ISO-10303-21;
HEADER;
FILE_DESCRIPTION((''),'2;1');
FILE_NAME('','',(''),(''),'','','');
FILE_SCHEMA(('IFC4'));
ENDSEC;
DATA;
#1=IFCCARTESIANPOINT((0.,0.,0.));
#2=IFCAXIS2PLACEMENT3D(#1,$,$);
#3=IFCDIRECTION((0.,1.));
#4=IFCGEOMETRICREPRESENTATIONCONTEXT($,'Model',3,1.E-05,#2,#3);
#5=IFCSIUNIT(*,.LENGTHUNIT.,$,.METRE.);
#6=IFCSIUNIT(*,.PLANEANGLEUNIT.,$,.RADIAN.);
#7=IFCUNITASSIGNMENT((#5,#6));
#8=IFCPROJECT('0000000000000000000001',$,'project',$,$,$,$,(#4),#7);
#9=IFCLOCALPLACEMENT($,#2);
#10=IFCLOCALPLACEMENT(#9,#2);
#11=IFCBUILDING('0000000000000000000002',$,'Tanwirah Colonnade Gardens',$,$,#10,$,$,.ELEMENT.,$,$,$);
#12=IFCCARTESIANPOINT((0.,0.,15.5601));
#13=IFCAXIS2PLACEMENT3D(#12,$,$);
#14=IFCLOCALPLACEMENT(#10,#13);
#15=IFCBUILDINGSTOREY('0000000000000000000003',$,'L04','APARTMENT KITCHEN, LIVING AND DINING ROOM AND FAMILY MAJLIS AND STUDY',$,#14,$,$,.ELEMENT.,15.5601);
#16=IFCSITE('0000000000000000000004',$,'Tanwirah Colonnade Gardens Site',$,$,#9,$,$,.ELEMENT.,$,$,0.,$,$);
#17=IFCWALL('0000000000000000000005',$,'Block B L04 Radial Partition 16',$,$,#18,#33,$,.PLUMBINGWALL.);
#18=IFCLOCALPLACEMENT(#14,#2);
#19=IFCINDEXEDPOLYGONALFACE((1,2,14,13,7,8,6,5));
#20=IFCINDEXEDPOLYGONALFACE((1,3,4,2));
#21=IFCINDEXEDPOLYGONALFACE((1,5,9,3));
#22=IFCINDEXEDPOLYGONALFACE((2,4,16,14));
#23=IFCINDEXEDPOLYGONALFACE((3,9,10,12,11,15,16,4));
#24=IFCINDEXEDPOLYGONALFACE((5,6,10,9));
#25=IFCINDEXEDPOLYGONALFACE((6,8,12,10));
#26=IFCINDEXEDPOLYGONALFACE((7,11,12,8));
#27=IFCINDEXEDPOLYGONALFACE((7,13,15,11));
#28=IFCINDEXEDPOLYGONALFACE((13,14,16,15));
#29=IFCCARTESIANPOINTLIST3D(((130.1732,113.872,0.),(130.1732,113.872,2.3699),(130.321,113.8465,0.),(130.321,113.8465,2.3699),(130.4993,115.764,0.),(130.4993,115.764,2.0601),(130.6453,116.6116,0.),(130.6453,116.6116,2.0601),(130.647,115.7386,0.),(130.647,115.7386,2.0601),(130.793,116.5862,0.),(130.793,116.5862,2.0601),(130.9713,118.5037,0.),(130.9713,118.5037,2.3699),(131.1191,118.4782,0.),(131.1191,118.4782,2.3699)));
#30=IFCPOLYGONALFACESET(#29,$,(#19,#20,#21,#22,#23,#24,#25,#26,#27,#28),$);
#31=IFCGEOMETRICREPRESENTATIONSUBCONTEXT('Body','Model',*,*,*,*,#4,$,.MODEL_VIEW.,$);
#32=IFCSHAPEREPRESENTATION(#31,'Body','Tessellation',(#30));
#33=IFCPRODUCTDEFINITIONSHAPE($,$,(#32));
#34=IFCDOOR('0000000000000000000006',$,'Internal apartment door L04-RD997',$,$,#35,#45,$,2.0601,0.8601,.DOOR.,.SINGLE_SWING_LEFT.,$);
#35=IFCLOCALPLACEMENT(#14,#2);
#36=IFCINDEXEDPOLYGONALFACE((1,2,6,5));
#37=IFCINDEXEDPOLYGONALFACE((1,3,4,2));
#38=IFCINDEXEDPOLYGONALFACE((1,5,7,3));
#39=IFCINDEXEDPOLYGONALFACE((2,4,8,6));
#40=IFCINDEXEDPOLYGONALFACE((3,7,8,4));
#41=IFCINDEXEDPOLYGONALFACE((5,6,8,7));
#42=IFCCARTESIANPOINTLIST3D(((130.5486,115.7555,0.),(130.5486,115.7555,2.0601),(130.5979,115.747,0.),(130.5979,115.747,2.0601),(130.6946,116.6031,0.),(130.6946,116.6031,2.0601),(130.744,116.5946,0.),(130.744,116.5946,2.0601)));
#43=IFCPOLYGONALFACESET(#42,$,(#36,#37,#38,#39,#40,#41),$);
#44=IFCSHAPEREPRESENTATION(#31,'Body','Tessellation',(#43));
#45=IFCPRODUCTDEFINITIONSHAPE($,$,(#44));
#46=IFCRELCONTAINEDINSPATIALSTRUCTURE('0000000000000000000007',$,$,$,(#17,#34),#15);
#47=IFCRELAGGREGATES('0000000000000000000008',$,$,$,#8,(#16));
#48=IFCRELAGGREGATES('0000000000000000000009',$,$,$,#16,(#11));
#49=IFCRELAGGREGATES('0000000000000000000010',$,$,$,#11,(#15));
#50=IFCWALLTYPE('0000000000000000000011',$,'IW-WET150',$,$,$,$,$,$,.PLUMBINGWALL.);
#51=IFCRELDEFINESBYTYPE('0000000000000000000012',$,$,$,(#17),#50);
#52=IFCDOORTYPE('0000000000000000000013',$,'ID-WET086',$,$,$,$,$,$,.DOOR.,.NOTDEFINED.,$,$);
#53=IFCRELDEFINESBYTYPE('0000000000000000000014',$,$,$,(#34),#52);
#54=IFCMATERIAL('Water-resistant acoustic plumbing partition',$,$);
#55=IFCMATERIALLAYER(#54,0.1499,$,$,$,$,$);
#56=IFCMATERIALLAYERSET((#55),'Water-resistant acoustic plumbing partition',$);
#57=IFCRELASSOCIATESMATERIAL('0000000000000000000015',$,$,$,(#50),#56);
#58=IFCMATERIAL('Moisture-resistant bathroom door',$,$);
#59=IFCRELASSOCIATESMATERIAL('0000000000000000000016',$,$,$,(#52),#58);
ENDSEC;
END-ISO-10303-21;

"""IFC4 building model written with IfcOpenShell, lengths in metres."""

from ifc_helpers import new_model, si_unit, direction, frame, frame_2d, origin, place, context, subcontext, project, spatial, rectangle, extrude, material, layer, layer_set, type_object, element, fill, save


model = new_model("IFC4")

# Units and contexts
model_context = context("Model", 3, precision=1e-05, world=origin(), true_north=direction((0.0, 1.0)))
body_context = subcontext(model_context, "Body", "Model", "MODEL_VIEW")
ifc_project = project(units=[si_unit("LENGTHUNIT", "METRE"), si_unit("PLANEANGLEUNIT", "RADIAN")], contexts=[model_context])

# Site, building, storey
site_placement = place(None, origin())
site = spatial("IfcSite", under=ifc_project, at=site_placement, Name="Tanwirah Colonnade Gardens Site", CompositionType="ELEMENT", RefElevation=0.0)
building_placement = place(site_placement, origin())
building = spatial("IfcBuilding", under=site, at=building_placement, Name="Tanwirah Colonnade Gardens", CompositionType="ELEMENT")
storey_placement = place(building_placement, frame((0.0, 0.0, 15.5601)))
storey = spatial("IfcBuildingStorey", under=building, at=storey_placement, Name="L04", Description="APARTMENT KITCHEN, LIVING AND DINING ROOM AND FAMILY MAJLIS AND STUDY", CompositionType="ELEMENT", Elevation=15.5601)

# Wall, opening, door
ifc_material_1 = material(Name="Water-resistant acoustic plumbing partition")
ifc_layer_1 = layer(ifc_material_1, 0.1499)
ifc_layer_set_1 = layer_set([ifc_layer_1], Name="Water-resistant acoustic plumbing partition")
wall_type_1 = type_object("IfcWallType", Name="IW-WET150", PredefinedType="PLUMBINGWALL", material=ifc_layer_set_1)
wall_1_placement = place(storey_placement, frame((130.2471, 113.8591, 0.0), z_axis=(0.0, 0.0, 1.0), x_axis=(0.169813, 0.985476, 0.0)))
wall_1 = element("IfcWall", 1, at=wall_1_placement, inside=storey, type_object=wall_type_1, Name="Block B L04 Radial Partition 16", PredefinedType="PLUMBINGWALL", context=body_context, shape_type="SweptSolid", body=[
    extrude(rectangle(XDim=4.7, YDim=0.1499, at=frame_2d((2.3501, 0.0))), origin(), (0.0, 0.0, 1.0), 2.3699),
])
opening_1_placement = place(wall_1_placement, frame((1.9199, 0.0, 0.0)))
opening_1 = element("IfcOpeningElement", 2, at=opening_1_placement, cuts=wall_1, PredefinedType="OPENING", context=body_context, shape_type="SweptSolid", body=[
    extrude(rectangle(XDim=0.8601, YDim=2.0601, at=frame_2d((0.4302, 1.03))), frame((0.0, 0.085, 0.0), z_axis=(0.0, -1.0, 0.0), x_axis=(1.0, 0.0, 0.0)), (0.0, 0.0, 1.0), 0.1699),
])
ifc_material_2 = material(Name="Moisture-resistant bathroom door")
door_type_1 = type_object("IfcDoorType", Name="ID-WET086", OperationType="NOTDEFINED", PredefinedType="DOOR", material=ifc_material_2)
door_1_placement = place(opening_1_placement, origin())
door_1 = element("IfcDoor", 3, at=door_1_placement, inside=storey, type_object=door_type_1, Name="Internal apartment door L04-RD997", OperationType="SINGLE_SWING_LEFT", OverallHeight=2.0601, OverallWidth=0.8601, PredefinedType="DOOR", context=body_context, shape_type="SweptSolid", body=[
    extrude(rectangle(XDim=0.8601, YDim=2.0601, at=frame_2d((0.4302, 1.03))), frame((0.0, 0.0249, 0.0), z_axis=(0.0, -1.0, 0.0), x_axis=(1.0, 0.0, 0.0)), (0.0, 0.0, 1.0), 0.05),
])
fill(opening_1, door_1)

save(model, "model.ifc")
